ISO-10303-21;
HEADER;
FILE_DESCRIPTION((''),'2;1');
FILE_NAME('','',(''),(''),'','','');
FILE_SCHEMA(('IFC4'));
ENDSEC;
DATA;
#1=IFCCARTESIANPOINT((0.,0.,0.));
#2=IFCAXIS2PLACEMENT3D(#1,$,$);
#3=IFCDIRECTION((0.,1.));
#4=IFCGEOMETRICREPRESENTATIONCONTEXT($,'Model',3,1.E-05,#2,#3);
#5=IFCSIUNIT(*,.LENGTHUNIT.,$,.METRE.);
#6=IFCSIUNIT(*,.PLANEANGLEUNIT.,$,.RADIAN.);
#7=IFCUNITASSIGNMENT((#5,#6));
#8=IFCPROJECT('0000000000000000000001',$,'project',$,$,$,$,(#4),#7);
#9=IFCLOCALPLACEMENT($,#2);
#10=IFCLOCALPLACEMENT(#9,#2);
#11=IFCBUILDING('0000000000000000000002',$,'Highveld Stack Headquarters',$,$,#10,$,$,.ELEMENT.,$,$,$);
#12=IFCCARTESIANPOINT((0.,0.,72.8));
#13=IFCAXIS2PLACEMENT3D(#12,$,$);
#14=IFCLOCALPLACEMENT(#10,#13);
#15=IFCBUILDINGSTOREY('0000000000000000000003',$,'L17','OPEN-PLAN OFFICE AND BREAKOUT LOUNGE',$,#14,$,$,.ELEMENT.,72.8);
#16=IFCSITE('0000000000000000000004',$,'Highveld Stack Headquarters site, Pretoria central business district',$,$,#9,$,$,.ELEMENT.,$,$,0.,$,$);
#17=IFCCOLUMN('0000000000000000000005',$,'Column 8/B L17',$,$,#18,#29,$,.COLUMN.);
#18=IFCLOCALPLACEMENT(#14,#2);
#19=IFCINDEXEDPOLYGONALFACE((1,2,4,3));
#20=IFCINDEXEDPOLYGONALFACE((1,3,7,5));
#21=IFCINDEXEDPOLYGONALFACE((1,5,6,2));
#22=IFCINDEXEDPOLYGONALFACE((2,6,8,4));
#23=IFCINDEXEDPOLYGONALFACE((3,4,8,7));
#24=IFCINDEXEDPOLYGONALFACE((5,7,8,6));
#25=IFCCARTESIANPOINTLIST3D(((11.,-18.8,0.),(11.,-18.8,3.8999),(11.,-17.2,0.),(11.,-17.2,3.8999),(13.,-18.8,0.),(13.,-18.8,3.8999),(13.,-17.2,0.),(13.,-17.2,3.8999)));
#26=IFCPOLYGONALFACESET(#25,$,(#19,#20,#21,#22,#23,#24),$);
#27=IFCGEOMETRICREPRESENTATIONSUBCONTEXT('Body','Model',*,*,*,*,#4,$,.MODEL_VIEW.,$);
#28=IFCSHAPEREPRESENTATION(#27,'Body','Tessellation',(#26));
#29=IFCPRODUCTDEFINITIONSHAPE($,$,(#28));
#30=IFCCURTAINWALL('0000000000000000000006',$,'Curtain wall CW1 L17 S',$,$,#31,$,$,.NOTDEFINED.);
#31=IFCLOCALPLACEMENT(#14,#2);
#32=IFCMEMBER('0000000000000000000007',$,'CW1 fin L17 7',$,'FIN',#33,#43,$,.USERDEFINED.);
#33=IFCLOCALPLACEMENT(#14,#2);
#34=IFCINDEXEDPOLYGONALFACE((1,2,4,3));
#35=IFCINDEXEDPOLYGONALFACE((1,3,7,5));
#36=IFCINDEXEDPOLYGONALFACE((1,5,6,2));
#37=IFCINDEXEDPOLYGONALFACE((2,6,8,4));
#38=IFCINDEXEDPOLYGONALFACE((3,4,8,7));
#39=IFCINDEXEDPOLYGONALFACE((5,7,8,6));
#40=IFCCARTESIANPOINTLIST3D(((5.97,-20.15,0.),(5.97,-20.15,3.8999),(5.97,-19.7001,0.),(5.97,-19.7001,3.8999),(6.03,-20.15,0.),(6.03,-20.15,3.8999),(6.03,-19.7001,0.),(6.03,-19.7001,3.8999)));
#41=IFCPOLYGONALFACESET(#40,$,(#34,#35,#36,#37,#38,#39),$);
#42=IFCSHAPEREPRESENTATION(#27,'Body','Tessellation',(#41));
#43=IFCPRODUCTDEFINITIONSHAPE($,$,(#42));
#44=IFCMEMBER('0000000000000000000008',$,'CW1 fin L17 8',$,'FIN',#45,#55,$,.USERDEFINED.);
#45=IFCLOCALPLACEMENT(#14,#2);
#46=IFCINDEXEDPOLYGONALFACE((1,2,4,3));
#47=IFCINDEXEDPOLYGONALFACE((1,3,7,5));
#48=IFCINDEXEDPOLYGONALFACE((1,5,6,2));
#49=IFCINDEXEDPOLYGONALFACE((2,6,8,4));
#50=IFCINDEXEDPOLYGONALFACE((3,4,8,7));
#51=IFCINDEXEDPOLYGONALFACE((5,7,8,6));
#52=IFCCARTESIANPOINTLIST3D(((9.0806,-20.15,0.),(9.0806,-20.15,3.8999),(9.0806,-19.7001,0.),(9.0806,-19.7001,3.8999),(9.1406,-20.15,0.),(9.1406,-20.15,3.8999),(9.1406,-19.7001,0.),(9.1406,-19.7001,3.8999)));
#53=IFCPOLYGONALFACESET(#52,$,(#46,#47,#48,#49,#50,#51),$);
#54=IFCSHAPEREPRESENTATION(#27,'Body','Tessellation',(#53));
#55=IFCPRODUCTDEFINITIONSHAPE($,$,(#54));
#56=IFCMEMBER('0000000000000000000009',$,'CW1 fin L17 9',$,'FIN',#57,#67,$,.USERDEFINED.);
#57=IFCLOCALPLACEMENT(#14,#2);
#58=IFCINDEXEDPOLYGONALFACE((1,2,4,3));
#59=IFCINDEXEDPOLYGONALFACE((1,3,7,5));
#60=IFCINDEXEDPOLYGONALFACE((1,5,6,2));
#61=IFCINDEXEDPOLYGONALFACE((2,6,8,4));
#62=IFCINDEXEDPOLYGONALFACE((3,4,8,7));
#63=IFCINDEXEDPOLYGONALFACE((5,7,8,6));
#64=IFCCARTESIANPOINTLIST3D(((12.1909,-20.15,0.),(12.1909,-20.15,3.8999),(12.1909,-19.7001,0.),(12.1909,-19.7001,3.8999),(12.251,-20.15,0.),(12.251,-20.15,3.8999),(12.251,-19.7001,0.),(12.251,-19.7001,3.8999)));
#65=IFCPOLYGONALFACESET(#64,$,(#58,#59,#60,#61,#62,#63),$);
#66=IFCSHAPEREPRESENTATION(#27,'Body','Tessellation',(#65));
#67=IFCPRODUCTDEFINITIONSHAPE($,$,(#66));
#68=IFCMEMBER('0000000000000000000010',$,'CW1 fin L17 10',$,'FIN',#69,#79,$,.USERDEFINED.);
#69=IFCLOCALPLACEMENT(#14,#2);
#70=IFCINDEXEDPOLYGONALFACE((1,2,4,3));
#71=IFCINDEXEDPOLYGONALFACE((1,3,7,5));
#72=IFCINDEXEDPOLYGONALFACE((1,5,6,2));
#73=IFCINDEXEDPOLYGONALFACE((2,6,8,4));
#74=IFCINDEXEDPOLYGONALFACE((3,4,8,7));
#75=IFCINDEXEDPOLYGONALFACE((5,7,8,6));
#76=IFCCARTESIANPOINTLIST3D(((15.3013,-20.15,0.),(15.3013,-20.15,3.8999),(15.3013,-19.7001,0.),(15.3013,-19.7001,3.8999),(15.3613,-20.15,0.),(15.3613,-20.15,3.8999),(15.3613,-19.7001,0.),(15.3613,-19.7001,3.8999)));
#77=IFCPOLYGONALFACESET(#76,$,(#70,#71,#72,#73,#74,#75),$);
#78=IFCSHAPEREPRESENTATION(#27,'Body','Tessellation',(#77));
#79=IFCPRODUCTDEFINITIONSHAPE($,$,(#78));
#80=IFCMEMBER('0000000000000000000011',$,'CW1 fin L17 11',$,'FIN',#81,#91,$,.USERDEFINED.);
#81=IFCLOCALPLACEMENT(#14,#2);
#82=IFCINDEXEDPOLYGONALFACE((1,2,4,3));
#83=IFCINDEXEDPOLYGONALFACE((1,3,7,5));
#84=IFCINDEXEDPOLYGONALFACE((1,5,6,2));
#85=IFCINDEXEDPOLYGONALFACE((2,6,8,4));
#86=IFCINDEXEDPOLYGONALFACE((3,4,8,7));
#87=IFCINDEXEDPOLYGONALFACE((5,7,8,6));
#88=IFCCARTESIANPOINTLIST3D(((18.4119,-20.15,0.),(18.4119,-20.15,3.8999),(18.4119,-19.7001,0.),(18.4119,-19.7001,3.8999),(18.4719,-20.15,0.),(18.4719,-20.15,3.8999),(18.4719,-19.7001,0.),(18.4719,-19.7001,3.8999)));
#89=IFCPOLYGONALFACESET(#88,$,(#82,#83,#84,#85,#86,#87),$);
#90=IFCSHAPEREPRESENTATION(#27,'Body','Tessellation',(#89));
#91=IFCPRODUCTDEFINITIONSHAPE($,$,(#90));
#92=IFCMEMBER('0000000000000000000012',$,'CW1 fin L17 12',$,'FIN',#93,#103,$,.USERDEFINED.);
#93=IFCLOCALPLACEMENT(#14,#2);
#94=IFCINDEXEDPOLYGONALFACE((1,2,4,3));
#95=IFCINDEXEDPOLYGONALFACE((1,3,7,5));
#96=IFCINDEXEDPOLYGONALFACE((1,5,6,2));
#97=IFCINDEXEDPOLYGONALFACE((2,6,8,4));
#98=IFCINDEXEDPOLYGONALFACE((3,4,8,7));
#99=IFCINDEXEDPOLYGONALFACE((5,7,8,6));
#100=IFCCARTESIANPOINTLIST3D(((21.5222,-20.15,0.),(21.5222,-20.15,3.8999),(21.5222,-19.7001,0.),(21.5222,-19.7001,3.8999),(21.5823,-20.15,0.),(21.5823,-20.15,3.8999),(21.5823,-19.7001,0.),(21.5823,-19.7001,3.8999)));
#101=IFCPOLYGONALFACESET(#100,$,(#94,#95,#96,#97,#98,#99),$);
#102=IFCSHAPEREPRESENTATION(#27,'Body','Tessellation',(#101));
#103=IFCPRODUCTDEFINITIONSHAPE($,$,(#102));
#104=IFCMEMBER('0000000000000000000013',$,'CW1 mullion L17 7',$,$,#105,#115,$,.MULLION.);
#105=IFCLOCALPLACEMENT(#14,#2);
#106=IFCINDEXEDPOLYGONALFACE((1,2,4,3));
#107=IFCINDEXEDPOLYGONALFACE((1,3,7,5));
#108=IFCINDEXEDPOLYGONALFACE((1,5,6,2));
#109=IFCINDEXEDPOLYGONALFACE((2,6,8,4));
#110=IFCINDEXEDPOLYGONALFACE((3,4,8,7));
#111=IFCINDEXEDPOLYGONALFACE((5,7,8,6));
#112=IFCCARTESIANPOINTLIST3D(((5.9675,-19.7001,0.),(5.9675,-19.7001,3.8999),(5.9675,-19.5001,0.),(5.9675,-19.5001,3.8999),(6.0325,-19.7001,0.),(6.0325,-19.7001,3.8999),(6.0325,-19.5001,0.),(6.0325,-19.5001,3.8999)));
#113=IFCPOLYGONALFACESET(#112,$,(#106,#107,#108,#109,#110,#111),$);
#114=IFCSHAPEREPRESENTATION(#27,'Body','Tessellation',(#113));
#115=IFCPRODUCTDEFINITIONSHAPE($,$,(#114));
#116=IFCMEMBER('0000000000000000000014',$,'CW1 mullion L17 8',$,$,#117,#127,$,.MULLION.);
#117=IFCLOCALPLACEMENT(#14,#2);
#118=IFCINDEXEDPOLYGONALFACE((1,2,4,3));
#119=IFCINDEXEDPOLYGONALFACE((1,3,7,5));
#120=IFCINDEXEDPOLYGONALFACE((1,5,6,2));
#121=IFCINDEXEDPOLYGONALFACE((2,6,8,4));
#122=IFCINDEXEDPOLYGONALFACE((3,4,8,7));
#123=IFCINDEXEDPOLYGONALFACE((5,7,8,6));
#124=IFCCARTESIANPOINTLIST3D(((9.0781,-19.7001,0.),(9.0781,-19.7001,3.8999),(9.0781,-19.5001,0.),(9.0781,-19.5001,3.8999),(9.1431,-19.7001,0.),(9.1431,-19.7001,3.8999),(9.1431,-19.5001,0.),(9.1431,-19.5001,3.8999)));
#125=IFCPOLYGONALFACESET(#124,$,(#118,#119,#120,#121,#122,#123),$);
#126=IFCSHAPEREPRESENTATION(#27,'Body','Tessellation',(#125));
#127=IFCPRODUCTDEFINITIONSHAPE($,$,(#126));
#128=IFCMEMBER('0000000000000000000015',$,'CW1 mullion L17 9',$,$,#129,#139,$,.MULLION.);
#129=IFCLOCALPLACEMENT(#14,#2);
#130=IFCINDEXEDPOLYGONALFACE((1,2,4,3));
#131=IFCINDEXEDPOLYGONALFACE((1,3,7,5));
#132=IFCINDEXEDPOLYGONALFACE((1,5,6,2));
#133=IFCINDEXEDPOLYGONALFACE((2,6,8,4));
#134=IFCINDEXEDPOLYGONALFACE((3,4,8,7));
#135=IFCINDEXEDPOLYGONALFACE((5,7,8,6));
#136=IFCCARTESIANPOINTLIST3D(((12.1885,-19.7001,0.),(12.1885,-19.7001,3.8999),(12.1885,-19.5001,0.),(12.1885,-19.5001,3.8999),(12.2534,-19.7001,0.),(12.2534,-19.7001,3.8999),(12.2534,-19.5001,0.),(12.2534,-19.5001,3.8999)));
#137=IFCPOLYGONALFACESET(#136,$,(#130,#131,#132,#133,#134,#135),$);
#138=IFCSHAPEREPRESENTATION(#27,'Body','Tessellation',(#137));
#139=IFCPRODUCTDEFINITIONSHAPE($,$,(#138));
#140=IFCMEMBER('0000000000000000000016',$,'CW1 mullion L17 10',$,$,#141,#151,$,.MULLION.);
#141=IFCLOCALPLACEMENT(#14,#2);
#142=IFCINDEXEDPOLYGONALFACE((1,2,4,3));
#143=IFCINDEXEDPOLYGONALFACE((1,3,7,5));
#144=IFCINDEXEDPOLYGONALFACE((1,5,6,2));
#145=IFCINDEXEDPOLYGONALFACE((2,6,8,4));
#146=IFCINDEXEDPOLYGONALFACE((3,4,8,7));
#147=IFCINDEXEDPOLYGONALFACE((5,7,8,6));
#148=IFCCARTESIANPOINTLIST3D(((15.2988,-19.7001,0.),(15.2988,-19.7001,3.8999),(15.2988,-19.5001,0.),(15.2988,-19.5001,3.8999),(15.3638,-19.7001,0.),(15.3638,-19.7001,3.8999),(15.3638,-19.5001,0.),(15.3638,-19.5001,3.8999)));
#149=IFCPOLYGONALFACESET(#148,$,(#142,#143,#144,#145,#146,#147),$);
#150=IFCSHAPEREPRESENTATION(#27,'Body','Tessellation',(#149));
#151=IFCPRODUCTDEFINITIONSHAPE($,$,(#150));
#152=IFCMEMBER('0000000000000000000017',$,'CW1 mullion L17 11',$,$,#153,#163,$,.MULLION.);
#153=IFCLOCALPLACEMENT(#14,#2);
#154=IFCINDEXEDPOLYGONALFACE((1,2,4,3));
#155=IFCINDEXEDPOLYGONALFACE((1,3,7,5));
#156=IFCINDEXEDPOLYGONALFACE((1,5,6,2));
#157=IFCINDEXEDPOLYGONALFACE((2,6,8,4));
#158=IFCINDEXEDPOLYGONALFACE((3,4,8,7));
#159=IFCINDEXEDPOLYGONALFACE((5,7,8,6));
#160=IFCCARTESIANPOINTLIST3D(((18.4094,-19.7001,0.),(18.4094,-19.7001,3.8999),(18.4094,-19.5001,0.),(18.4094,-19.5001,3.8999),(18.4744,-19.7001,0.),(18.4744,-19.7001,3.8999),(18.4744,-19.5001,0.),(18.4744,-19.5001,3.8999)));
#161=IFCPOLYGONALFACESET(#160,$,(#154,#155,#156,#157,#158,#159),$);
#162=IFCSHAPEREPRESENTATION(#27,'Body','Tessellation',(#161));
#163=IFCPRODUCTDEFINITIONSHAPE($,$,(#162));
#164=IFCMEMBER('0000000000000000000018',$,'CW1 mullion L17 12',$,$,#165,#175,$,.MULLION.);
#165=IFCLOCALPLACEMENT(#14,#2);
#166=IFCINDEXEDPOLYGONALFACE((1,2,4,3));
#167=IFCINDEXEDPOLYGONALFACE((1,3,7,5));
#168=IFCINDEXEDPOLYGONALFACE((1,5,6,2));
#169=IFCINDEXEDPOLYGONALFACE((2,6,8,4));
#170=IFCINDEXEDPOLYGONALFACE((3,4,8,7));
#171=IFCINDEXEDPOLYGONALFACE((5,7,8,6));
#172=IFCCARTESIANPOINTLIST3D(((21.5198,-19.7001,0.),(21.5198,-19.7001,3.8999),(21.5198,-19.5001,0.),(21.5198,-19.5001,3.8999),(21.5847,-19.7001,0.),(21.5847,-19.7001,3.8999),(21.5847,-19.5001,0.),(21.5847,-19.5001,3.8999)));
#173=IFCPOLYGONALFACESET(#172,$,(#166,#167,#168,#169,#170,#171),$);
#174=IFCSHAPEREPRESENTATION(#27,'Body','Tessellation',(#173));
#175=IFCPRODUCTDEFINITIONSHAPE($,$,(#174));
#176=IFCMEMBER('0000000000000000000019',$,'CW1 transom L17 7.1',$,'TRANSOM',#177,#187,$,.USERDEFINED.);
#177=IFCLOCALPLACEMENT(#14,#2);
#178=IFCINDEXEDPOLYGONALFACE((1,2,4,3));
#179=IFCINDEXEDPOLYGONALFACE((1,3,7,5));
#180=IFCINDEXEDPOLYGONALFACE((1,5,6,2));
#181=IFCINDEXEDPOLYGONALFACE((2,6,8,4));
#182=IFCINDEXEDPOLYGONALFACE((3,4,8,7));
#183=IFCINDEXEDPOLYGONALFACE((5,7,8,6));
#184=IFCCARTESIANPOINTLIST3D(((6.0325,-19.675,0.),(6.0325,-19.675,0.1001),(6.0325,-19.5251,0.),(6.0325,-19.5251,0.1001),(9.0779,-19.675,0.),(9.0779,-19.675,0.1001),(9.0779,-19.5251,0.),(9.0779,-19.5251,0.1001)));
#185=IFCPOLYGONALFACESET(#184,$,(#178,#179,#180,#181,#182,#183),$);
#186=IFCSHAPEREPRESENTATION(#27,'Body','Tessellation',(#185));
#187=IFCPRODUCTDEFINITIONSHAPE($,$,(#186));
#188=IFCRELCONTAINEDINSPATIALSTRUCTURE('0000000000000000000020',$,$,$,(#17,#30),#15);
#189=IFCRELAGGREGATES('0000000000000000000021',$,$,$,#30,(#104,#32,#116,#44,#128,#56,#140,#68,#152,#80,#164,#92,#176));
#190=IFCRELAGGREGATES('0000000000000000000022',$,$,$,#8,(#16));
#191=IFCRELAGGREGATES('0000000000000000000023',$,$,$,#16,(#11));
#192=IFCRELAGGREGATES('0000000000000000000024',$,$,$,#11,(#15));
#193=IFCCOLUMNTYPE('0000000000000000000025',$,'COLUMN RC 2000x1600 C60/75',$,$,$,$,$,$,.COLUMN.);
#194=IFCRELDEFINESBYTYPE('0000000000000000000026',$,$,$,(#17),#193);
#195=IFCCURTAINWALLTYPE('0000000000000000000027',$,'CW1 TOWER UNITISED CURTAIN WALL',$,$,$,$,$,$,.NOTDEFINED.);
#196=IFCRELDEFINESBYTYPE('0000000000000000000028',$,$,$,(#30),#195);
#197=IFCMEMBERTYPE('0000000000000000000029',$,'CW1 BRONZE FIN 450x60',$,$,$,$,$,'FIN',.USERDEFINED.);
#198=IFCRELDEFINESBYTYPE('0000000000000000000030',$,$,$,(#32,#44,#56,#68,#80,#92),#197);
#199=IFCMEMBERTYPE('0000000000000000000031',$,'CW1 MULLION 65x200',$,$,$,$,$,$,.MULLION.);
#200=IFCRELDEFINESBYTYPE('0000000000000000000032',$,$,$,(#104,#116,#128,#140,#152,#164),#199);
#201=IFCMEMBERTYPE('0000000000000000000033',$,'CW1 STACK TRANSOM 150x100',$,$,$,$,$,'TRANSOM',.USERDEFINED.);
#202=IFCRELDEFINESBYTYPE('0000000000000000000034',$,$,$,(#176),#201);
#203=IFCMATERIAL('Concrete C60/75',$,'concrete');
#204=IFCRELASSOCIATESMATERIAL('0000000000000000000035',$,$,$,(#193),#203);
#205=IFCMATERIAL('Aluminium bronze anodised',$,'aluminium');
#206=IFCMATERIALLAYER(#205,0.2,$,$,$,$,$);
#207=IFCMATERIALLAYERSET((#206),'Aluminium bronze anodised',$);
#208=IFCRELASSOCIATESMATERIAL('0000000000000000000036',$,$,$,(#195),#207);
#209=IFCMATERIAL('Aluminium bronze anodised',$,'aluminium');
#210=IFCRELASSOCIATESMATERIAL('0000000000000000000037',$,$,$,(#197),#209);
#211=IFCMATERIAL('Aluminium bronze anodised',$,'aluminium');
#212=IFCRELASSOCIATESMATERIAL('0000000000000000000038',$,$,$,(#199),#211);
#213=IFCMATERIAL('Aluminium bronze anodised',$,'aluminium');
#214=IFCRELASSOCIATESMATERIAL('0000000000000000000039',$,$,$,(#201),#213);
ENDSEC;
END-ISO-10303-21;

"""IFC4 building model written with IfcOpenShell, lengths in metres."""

from ifc_helpers import new_model, si_unit, direction, frame, origin, origin_2d, place, context, subcontext, project, spatial, rectangle, extrude, material, layer, layer_set, material_profile, profile_set, type_object, element, aggregate, save


model = new_model("IFC4")

# Units and contexts
model_context = context("Model", 3, precision=1e-05, world=origin(), true_north=direction((0.0, 1.0)))
body_context = subcontext(model_context, "Body", "Model", "MODEL_VIEW")
ifc_project = project(units=[si_unit("LENGTHUNIT", "METRE"), si_unit("PLANEANGLEUNIT", "RADIAN")], contexts=[model_context])

# Site, building, storey
site_placement = place(None, origin())
site = spatial("IfcSite", under=ifc_project, at=site_placement, Name="Highveld Stack Headquarters site, Pretoria central business district", CompositionType="ELEMENT", RefElevation=0.0)
building_placement = place(site_placement, origin())
building = spatial("IfcBuilding", under=site, at=building_placement, Name="Highveld Stack Headquarters", CompositionType="ELEMENT")
storey_placement = place(building_placement, frame((0.0, 0.0, 72.8)))
storey = spatial("IfcBuildingStorey", under=building, at=storey_placement, Name="L17", Description="OPEN-PLAN OFFICE AND BREAKOUT LOUNGE", CompositionType="ELEMENT", Elevation=72.8)

# Column
ifc_material_1 = material(Name="Concrete C60/75", Category="concrete")
ifc_material_profile_1 = material_profile(ifc_material_1, rectangle(XDim=2.0, YDim=1.6001, at=origin_2d()), Name="RC 2000x1600")
ifc_profile_set_1 = profile_set([ifc_material_profile_1], Name="Concrete C60/75")
column_type = type_object("IfcColumnType", Name="COLUMN RC 2000x1600 C60/75", PredefinedType="COLUMN", material=ifc_profile_set_1)
column_placement = place(storey_placement, frame((12.0, -18.0, 0.0), z_axis=(0.0, 0.0, 1.0), x_axis=(1.0, 0.0, 0.0)))
element("IfcColumn", 1, at=column_placement, inside=storey, type_object=column_type, Name="Column 8/B L17", PredefinedType="COLUMN", context=body_context, shape_type="SweptSolid", body=[
    extrude(rectangle(XDim=2.0, YDim=1.6001, at=origin_2d()), origin(), (0.0, 0.0, 1.0), 3.8999),
])

# Curtain wall, members
ifc_material_2 = material(Name="Aluminium bronze anodised", Category="aluminium")
ifc_layer_1 = layer(ifc_material_2, 0.2)
ifc_layer_set_1 = layer_set([ifc_layer_1], Name="Aluminium bronze anodised")
curtain_wall_type = type_object("IfcCurtainWallType", Name="CW1 TOWER UNITISED CURTAIN WALL", PredefinedType="NOTDEFINED", material=ifc_layer_set_1)
curtain_wall_placement = place(storey_placement, origin())
curtain_wall = element("IfcCurtainWall", 2, at=curtain_wall_placement, inside=storey, type_object=curtain_wall_type, Name="Curtain wall CW1 L17 S", PredefinedType="NOTDEFINED")
ifc_material_3 = material(Name="Aluminium bronze anodised", Category="aluminium")
ifc_material_profile_2 = material_profile(ifc_material_3, rectangle(XDim=0.45, YDim=0.0601, at=origin_2d()), Name="FIN 450x60")
ifc_profile_set_2 = profile_set([ifc_material_profile_2], Name="Aluminium bronze anodised")
member_type_1 = type_object("IfcMemberType", Name="CW1 BRONZE FIN 450x60", ElementType="FIN", PredefinedType="USERDEFINED", material=ifc_profile_set_2)
member_1_placement = place(storey_placement, frame((6.0, -19.925, 0.0), z_axis=(0.0, 0.0, 1.0), x_axis=(0.0, 1.0, 0.0)))
member_1 = element("IfcMember", 3, at=member_1_placement, type_object=member_type_1, Name="CW1 fin L17 7", ObjectType="FIN", PredefinedType="USERDEFINED", context=body_context, shape_type="SweptSolid", body=[
    extrude(rectangle(XDim=0.45, YDim=0.0601, at=origin_2d()), origin(), (0.0, 0.0, 1.0), 3.8999),
])
member_2_placement = place(storey_placement, frame((9.1106, -19.925, 0.0), z_axis=(0.0, 0.0, 1.0), x_axis=(0.0, 1.0, 0.0)))
member_2 = element("IfcMember", 4, at=member_2_placement, type_object=member_type_1, Name="CW1 fin L17 8", ObjectType="FIN", PredefinedType="USERDEFINED", context=body_context, shape_type="SweptSolid", body=[
    extrude(rectangle(XDim=0.45, YDim=0.0601, at=origin_2d()), origin(), (0.0, 0.0, 1.0), 3.8999),
])
member_3_placement = place(storey_placement, frame((12.2209, -19.925, 0.0), z_axis=(0.0, 0.0, 1.0), x_axis=(0.0, 1.0, 0.0)))
member_3 = element("IfcMember", 5, at=member_3_placement, type_object=member_type_1, Name="CW1 fin L17 9", ObjectType="FIN", PredefinedType="USERDEFINED", context=body_context, shape_type="SweptSolid", body=[
    extrude(rectangle(XDim=0.45, YDim=0.0601, at=origin_2d()), origin(), (0.0, 0.0, 1.0), 3.8999),
])
member_4_placement = place(storey_placement, frame((15.3313, -19.925, 0.0), z_axis=(0.0, 0.0, 1.0), x_axis=(0.0, 1.0, 0.0)))
member_4 = element("IfcMember", 6, at=member_4_placement, type_object=member_type_1, Name="CW1 fin L17 10", ObjectType="FIN", PredefinedType="USERDEFINED", context=body_context, shape_type="SweptSolid", body=[
    extrude(rectangle(XDim=0.45, YDim=0.0601, at=origin_2d()), origin(), (0.0, 0.0, 1.0), 3.8999),
])
member_5_placement = place(storey_placement, frame((18.4419, -19.925, 0.0), z_axis=(0.0, 0.0, 1.0), x_axis=(0.0, 1.0, 0.0)))
member_5 = element("IfcMember", 7, at=member_5_placement, type_object=member_type_1, Name="CW1 fin L17 11", ObjectType="FIN", PredefinedType="USERDEFINED", context=body_context, shape_type="SweptSolid", body=[
    extrude(rectangle(XDim=0.45, YDim=0.0601, at=origin_2d()), origin(), (0.0, 0.0, 1.0), 3.8999),
])
member_6_placement = place(storey_placement, frame((21.5522, -19.925, 0.0), z_axis=(0.0, 0.0, 1.0), x_axis=(0.0, 1.0, 0.0)))
member_6 = element("IfcMember", 8, at=member_6_placement, type_object=member_type_1, Name="CW1 fin L17 12", ObjectType="FIN", PredefinedType="USERDEFINED", context=body_context, shape_type="SweptSolid", body=[
    extrude(rectangle(XDim=0.45, YDim=0.0601, at=origin_2d()), origin(), (0.0, 0.0, 1.0), 3.8999),
])
ifc_material_4 = material(Name="Aluminium bronze anodised", Category="aluminium")
ifc_material_profile_3 = material_profile(ifc_material_4, rectangle(XDim=0.2, YDim=0.0649, at=origin_2d()), Name="CW1 MULLION 65x200")
ifc_profile_set_3 = profile_set([ifc_material_profile_3], Name="Aluminium bronze anodised")
member_type_2 = type_object("IfcMemberType", Name="CW1 MULLION 65x200", PredefinedType="MULLION", material=ifc_profile_set_3)
member_7_placement = place(storey_placement, frame((6.0, -19.6001, 0.0), z_axis=(0.0, 0.0, 1.0), x_axis=(0.0, 1.0, 0.0)))
member_7 = element("IfcMember", 9, at=member_7_placement, type_object=member_type_2, Name="CW1 mullion L17 7", PredefinedType="MULLION", context=body_context, shape_type="SweptSolid", body=[
    extrude(rectangle(XDim=0.2, YDim=0.0649, at=origin_2d()), origin(), (0.0, 0.0, 1.0), 3.8999),
])
member_8_placement = place(storey_placement, frame((9.1106, -19.6001, 0.0), z_axis=(0.0, 0.0, 1.0), x_axis=(0.0, 1.0, 0.0)))
member_8 = element("IfcMember", 10, at=member_8_placement, type_object=member_type_2, Name="CW1 mullion L17 8", PredefinedType="MULLION", context=body_context, shape_type="SweptSolid", body=[
    extrude(rectangle(XDim=0.2, YDim=0.0649, at=origin_2d()), origin(), (0.0, 0.0, 1.0), 3.8999),
])
member_9_placement = place(storey_placement, frame((12.2209, -19.6001, 0.0), z_axis=(0.0, 0.0, 1.0), x_axis=(0.0, 1.0, 0.0)))
member_9 = element("IfcMember", 11, at=member_9_placement, type_object=member_type_2, Name="CW1 mullion L17 9", PredefinedType="MULLION", context=body_context, shape_type="SweptSolid", body=[
    extrude(rectangle(XDim=0.2, YDim=0.0649, at=origin_2d()), origin(), (0.0, 0.0, 1.0), 3.8999),
])
member_10_placement = place(storey_placement, frame((15.3313, -19.6001, 0.0), z_axis=(0.0, 0.0, 1.0), x_axis=(0.0, 1.0, 0.0)))
member_10 = element("IfcMember", 12, at=member_10_placement, type_object=member_type_2, Name="CW1 mullion L17 10", PredefinedType="MULLION", context=body_context, shape_type="SweptSolid", body=[
    extrude(rectangle(XDim=0.2, YDim=0.0649, at=origin_2d()), origin(), (0.0, 0.0, 1.0), 3.8999),
])
member_11_placement = place(storey_placement, frame((18.4419, -19.6001, 0.0), z_axis=(0.0, 0.0, 1.0), x_axis=(0.0, 1.0, 0.0)))
member_11 = element("IfcMember", 13, at=member_11_placement, type_object=member_type_2, Name="CW1 mullion L17 11", PredefinedType="MULLION", context=body_context, shape_type="SweptSolid", body=[
    extrude(rectangle(XDim=0.2, YDim=0.0649, at=origin_2d()), origin(), (0.0, 0.0, 1.0), 3.8999),
])
member_12_placement = place(storey_placement, frame((21.5522, -19.6001, 0.0), z_axis=(0.0, 0.0, 1.0), x_axis=(0.0, 1.0, 0.0)))
member_12 = element("IfcMember", 14, at=member_12_placement, type_object=member_type_2, Name="CW1 mullion L17 12", PredefinedType="MULLION", context=body_context, shape_type="SweptSolid", body=[
    extrude(rectangle(XDim=0.2, YDim=0.0649, at=origin_2d()), origin(), (0.0, 0.0, 1.0), 3.8999),
])
ifc_material_5 = material(Name="Aluminium bronze anodised", Category="aluminium")
ifc_material_profile_4 = material_profile(ifc_material_5, rectangle(XDim=0.1499, YDim=0.1001, at=origin_2d()), Name="CW1 TRANSOM 150x100")
ifc_profile_set_4 = profile_set([ifc_material_profile_4], Name="Aluminium bronze anodised")
member_type_3 = type_object("IfcMemberType", Name="CW1 STACK TRANSOM 150x100", ElementType="TRANSOM", PredefinedType="USERDEFINED", material=ifc_profile_set_4)
member_13_placement = place(storey_placement, frame((6.0325, -19.6001, 0.05), z_axis=(1.0, 0.0, 0.0), x_axis=(0.0, 1.0, 0.0)))
member_13 = element("IfcMember", 15, at=member_13_placement, type_object=member_type_3, Name="CW1 transom L17 7.1", ObjectType="TRANSOM", PredefinedType="USERDEFINED", context=body_context, shape_type="SweptSolid", body=[
    extrude(rectangle(XDim=0.1499, YDim=0.1001, at=origin_2d()), origin(), (0.0, 0.0, 1.0), 3.0454),
])
aggregate(curtain_wall, [member_7, member_1, member_8, member_2, member_9, member_3, member_10, member_4, member_11, member_5, member_12, member_6, member_13])

save(model, "model.ifc")
